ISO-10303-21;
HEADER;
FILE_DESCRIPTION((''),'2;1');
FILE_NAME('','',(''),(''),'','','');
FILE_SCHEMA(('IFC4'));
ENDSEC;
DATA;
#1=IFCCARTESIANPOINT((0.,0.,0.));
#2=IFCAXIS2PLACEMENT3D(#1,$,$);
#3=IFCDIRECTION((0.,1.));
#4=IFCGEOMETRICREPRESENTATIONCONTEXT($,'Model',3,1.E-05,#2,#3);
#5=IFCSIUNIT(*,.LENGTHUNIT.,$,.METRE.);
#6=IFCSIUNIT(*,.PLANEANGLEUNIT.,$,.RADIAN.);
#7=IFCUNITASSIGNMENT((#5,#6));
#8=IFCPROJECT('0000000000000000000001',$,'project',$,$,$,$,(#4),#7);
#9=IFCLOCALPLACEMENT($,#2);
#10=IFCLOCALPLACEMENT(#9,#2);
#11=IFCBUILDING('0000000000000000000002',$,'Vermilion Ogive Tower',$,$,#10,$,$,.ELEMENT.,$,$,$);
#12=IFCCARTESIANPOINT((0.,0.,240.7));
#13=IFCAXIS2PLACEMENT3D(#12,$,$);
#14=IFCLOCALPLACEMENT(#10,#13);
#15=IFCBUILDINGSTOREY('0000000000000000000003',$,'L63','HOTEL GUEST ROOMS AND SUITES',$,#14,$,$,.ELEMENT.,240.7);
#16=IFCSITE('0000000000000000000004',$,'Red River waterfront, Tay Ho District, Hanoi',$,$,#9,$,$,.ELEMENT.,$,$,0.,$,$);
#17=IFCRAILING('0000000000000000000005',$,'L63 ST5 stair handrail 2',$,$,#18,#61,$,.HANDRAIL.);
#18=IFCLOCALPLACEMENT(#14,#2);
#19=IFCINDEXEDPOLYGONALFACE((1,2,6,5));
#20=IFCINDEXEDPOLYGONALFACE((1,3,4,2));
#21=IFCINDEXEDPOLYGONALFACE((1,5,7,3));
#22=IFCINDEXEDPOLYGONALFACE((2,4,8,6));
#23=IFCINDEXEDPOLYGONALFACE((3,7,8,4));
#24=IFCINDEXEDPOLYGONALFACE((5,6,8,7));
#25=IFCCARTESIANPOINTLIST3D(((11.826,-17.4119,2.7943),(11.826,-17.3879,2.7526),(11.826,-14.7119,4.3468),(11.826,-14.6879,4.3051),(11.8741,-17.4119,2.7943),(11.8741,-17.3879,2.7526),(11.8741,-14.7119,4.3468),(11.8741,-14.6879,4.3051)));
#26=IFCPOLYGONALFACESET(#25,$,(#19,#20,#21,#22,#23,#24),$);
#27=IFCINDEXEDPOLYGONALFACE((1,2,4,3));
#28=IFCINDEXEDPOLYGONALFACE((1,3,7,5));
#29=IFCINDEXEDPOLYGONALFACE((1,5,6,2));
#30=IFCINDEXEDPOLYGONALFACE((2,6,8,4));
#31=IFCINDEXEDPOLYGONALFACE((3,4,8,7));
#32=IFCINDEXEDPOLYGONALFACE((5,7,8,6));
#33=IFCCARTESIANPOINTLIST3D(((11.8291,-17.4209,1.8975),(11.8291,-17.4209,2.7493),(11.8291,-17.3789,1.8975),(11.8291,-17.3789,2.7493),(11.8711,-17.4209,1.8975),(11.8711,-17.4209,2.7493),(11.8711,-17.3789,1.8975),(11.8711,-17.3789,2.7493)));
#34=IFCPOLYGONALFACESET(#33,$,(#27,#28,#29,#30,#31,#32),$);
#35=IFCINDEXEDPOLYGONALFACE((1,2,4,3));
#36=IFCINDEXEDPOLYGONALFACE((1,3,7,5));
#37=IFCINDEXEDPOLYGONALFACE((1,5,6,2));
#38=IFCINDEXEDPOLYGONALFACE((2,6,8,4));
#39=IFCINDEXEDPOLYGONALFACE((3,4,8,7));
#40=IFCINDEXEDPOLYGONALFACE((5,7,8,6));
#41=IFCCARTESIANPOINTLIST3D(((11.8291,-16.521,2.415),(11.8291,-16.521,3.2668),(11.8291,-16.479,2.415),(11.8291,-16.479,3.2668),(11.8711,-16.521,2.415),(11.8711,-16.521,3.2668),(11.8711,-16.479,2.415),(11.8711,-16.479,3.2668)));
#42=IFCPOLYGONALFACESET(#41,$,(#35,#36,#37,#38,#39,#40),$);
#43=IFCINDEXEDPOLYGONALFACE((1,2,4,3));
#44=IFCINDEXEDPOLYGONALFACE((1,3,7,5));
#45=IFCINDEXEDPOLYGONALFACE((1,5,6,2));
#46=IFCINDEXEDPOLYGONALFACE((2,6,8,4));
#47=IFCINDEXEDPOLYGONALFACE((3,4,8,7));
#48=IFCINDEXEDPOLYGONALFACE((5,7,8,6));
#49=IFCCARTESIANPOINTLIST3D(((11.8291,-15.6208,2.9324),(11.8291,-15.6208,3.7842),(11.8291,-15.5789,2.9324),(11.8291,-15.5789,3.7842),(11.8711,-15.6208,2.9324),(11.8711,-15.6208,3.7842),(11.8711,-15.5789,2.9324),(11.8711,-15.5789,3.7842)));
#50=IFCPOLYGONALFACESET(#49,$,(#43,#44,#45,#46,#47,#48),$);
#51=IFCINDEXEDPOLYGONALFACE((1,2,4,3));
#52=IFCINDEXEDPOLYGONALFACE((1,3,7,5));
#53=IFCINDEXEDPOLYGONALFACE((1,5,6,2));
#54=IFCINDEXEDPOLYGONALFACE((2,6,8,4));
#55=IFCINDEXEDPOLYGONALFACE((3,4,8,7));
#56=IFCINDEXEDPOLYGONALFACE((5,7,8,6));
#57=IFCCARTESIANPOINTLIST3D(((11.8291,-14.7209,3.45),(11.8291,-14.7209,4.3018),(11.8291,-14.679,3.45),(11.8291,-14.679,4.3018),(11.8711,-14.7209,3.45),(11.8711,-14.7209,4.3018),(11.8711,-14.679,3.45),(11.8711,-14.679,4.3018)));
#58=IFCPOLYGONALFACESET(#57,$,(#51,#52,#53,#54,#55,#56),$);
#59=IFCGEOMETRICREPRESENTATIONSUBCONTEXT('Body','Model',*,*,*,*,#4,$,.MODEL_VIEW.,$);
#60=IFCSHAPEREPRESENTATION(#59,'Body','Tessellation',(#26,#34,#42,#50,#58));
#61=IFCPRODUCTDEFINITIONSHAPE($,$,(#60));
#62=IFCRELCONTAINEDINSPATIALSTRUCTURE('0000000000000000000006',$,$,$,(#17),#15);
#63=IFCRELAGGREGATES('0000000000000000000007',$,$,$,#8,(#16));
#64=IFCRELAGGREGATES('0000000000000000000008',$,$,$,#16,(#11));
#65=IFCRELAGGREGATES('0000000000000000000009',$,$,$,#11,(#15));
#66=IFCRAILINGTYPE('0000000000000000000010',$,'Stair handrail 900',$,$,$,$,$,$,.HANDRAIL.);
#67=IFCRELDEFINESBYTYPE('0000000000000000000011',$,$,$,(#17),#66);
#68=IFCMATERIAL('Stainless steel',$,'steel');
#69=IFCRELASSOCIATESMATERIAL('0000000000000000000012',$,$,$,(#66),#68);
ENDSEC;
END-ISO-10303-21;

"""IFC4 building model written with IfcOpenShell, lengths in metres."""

from ifc_helpers import new_model, si_unit, direction, frame, origin, origin_2d, place, context, subcontext, project, spatial, rectangle, extrude, material, type_object, element, save


model = new_model("IFC4")

# Units and contexts
model_context = context("Model", 3, precision=1e-05, world=origin(), true_north=direction((0.0, 1.0)))
body_context = subcontext(model_context, "Body", "Model", "MODEL_VIEW")
ifc_project = project(units=[si_unit("LENGTHUNIT", "METRE"), si_unit("PLANEANGLEUNIT", "RADIAN")], contexts=[model_context])

# Site, building, storey
site_placement = place(None, origin())
site = spatial("IfcSite", under=ifc_project, at=site_placement, Name="Red River waterfront, Tay Ho District, Hanoi", CompositionType="ELEMENT", RefElevation=0.0)
building_placement = place(site_placement, origin())
building = spatial("IfcBuilding", under=site, at=building_placement, Name="Vermilion Ogive Tower", CompositionType="ELEMENT")
storey_placement = place(building_placement, frame((0.0, 0.0, 240.7)))
storey = spatial("IfcBuildingStorey", under=building, at=storey_placement, Name="L63", Description="HOTEL GUEST ROOMS AND SUITES", CompositionType="ELEMENT", Elevation=240.7)

# Railing
ifc_material_1 = material(Name="Stainless steel", Category="steel")
railing_type_1 = type_object("IfcRailingType", Name="Stair handrail 900", PredefinedType="HANDRAIL", material=ifc_material_1)
railing_1_placement = place(storey_placement, frame((11.8501, -17.3999, 1.8975)))
element("IfcRailing", 1, at=railing_1_placement, inside=storey, type_object=railing_type_1, Name="L63 ST5 stair handrail 2", PredefinedType="HANDRAIL", context=body_context, shape_type="SweptSolid", body=[
    extrude(rectangle(XDim=0.0481, YDim=0.0481, at=origin_2d()), frame((0.0, 0.0, 0.876), z_axis=(0.0, 0.866904, 0.498476), x_axis=(-1.0, 0.0, 0.0)), (0.0, 0.0, 1.0), 3.1145),
    extrude(rectangle(XDim=0.042, YDim=0.042, at=origin_2d()), origin(), (0.0, 0.0, 1.0), 0.8518),
    extrude(rectangle(XDim=0.042, YDim=0.042, at=origin_2d()), frame((0.0, 0.8999, 0.5176)), (0.0, 0.0, 1.0), 0.8518),
    extrude(rectangle(XDim=0.042, YDim=0.042, at=origin_2d()), frame((0.0, 1.8, 1.0349)), (0.0, 0.0, 1.0), 0.8518),
    extrude(rectangle(XDim=0.042, YDim=0.042, at=origin_2d()), frame((0.0, 2.7, 1.5525)), (0.0, 0.0, 1.0), 0.8518),
])

save(model, "model.ifc")
